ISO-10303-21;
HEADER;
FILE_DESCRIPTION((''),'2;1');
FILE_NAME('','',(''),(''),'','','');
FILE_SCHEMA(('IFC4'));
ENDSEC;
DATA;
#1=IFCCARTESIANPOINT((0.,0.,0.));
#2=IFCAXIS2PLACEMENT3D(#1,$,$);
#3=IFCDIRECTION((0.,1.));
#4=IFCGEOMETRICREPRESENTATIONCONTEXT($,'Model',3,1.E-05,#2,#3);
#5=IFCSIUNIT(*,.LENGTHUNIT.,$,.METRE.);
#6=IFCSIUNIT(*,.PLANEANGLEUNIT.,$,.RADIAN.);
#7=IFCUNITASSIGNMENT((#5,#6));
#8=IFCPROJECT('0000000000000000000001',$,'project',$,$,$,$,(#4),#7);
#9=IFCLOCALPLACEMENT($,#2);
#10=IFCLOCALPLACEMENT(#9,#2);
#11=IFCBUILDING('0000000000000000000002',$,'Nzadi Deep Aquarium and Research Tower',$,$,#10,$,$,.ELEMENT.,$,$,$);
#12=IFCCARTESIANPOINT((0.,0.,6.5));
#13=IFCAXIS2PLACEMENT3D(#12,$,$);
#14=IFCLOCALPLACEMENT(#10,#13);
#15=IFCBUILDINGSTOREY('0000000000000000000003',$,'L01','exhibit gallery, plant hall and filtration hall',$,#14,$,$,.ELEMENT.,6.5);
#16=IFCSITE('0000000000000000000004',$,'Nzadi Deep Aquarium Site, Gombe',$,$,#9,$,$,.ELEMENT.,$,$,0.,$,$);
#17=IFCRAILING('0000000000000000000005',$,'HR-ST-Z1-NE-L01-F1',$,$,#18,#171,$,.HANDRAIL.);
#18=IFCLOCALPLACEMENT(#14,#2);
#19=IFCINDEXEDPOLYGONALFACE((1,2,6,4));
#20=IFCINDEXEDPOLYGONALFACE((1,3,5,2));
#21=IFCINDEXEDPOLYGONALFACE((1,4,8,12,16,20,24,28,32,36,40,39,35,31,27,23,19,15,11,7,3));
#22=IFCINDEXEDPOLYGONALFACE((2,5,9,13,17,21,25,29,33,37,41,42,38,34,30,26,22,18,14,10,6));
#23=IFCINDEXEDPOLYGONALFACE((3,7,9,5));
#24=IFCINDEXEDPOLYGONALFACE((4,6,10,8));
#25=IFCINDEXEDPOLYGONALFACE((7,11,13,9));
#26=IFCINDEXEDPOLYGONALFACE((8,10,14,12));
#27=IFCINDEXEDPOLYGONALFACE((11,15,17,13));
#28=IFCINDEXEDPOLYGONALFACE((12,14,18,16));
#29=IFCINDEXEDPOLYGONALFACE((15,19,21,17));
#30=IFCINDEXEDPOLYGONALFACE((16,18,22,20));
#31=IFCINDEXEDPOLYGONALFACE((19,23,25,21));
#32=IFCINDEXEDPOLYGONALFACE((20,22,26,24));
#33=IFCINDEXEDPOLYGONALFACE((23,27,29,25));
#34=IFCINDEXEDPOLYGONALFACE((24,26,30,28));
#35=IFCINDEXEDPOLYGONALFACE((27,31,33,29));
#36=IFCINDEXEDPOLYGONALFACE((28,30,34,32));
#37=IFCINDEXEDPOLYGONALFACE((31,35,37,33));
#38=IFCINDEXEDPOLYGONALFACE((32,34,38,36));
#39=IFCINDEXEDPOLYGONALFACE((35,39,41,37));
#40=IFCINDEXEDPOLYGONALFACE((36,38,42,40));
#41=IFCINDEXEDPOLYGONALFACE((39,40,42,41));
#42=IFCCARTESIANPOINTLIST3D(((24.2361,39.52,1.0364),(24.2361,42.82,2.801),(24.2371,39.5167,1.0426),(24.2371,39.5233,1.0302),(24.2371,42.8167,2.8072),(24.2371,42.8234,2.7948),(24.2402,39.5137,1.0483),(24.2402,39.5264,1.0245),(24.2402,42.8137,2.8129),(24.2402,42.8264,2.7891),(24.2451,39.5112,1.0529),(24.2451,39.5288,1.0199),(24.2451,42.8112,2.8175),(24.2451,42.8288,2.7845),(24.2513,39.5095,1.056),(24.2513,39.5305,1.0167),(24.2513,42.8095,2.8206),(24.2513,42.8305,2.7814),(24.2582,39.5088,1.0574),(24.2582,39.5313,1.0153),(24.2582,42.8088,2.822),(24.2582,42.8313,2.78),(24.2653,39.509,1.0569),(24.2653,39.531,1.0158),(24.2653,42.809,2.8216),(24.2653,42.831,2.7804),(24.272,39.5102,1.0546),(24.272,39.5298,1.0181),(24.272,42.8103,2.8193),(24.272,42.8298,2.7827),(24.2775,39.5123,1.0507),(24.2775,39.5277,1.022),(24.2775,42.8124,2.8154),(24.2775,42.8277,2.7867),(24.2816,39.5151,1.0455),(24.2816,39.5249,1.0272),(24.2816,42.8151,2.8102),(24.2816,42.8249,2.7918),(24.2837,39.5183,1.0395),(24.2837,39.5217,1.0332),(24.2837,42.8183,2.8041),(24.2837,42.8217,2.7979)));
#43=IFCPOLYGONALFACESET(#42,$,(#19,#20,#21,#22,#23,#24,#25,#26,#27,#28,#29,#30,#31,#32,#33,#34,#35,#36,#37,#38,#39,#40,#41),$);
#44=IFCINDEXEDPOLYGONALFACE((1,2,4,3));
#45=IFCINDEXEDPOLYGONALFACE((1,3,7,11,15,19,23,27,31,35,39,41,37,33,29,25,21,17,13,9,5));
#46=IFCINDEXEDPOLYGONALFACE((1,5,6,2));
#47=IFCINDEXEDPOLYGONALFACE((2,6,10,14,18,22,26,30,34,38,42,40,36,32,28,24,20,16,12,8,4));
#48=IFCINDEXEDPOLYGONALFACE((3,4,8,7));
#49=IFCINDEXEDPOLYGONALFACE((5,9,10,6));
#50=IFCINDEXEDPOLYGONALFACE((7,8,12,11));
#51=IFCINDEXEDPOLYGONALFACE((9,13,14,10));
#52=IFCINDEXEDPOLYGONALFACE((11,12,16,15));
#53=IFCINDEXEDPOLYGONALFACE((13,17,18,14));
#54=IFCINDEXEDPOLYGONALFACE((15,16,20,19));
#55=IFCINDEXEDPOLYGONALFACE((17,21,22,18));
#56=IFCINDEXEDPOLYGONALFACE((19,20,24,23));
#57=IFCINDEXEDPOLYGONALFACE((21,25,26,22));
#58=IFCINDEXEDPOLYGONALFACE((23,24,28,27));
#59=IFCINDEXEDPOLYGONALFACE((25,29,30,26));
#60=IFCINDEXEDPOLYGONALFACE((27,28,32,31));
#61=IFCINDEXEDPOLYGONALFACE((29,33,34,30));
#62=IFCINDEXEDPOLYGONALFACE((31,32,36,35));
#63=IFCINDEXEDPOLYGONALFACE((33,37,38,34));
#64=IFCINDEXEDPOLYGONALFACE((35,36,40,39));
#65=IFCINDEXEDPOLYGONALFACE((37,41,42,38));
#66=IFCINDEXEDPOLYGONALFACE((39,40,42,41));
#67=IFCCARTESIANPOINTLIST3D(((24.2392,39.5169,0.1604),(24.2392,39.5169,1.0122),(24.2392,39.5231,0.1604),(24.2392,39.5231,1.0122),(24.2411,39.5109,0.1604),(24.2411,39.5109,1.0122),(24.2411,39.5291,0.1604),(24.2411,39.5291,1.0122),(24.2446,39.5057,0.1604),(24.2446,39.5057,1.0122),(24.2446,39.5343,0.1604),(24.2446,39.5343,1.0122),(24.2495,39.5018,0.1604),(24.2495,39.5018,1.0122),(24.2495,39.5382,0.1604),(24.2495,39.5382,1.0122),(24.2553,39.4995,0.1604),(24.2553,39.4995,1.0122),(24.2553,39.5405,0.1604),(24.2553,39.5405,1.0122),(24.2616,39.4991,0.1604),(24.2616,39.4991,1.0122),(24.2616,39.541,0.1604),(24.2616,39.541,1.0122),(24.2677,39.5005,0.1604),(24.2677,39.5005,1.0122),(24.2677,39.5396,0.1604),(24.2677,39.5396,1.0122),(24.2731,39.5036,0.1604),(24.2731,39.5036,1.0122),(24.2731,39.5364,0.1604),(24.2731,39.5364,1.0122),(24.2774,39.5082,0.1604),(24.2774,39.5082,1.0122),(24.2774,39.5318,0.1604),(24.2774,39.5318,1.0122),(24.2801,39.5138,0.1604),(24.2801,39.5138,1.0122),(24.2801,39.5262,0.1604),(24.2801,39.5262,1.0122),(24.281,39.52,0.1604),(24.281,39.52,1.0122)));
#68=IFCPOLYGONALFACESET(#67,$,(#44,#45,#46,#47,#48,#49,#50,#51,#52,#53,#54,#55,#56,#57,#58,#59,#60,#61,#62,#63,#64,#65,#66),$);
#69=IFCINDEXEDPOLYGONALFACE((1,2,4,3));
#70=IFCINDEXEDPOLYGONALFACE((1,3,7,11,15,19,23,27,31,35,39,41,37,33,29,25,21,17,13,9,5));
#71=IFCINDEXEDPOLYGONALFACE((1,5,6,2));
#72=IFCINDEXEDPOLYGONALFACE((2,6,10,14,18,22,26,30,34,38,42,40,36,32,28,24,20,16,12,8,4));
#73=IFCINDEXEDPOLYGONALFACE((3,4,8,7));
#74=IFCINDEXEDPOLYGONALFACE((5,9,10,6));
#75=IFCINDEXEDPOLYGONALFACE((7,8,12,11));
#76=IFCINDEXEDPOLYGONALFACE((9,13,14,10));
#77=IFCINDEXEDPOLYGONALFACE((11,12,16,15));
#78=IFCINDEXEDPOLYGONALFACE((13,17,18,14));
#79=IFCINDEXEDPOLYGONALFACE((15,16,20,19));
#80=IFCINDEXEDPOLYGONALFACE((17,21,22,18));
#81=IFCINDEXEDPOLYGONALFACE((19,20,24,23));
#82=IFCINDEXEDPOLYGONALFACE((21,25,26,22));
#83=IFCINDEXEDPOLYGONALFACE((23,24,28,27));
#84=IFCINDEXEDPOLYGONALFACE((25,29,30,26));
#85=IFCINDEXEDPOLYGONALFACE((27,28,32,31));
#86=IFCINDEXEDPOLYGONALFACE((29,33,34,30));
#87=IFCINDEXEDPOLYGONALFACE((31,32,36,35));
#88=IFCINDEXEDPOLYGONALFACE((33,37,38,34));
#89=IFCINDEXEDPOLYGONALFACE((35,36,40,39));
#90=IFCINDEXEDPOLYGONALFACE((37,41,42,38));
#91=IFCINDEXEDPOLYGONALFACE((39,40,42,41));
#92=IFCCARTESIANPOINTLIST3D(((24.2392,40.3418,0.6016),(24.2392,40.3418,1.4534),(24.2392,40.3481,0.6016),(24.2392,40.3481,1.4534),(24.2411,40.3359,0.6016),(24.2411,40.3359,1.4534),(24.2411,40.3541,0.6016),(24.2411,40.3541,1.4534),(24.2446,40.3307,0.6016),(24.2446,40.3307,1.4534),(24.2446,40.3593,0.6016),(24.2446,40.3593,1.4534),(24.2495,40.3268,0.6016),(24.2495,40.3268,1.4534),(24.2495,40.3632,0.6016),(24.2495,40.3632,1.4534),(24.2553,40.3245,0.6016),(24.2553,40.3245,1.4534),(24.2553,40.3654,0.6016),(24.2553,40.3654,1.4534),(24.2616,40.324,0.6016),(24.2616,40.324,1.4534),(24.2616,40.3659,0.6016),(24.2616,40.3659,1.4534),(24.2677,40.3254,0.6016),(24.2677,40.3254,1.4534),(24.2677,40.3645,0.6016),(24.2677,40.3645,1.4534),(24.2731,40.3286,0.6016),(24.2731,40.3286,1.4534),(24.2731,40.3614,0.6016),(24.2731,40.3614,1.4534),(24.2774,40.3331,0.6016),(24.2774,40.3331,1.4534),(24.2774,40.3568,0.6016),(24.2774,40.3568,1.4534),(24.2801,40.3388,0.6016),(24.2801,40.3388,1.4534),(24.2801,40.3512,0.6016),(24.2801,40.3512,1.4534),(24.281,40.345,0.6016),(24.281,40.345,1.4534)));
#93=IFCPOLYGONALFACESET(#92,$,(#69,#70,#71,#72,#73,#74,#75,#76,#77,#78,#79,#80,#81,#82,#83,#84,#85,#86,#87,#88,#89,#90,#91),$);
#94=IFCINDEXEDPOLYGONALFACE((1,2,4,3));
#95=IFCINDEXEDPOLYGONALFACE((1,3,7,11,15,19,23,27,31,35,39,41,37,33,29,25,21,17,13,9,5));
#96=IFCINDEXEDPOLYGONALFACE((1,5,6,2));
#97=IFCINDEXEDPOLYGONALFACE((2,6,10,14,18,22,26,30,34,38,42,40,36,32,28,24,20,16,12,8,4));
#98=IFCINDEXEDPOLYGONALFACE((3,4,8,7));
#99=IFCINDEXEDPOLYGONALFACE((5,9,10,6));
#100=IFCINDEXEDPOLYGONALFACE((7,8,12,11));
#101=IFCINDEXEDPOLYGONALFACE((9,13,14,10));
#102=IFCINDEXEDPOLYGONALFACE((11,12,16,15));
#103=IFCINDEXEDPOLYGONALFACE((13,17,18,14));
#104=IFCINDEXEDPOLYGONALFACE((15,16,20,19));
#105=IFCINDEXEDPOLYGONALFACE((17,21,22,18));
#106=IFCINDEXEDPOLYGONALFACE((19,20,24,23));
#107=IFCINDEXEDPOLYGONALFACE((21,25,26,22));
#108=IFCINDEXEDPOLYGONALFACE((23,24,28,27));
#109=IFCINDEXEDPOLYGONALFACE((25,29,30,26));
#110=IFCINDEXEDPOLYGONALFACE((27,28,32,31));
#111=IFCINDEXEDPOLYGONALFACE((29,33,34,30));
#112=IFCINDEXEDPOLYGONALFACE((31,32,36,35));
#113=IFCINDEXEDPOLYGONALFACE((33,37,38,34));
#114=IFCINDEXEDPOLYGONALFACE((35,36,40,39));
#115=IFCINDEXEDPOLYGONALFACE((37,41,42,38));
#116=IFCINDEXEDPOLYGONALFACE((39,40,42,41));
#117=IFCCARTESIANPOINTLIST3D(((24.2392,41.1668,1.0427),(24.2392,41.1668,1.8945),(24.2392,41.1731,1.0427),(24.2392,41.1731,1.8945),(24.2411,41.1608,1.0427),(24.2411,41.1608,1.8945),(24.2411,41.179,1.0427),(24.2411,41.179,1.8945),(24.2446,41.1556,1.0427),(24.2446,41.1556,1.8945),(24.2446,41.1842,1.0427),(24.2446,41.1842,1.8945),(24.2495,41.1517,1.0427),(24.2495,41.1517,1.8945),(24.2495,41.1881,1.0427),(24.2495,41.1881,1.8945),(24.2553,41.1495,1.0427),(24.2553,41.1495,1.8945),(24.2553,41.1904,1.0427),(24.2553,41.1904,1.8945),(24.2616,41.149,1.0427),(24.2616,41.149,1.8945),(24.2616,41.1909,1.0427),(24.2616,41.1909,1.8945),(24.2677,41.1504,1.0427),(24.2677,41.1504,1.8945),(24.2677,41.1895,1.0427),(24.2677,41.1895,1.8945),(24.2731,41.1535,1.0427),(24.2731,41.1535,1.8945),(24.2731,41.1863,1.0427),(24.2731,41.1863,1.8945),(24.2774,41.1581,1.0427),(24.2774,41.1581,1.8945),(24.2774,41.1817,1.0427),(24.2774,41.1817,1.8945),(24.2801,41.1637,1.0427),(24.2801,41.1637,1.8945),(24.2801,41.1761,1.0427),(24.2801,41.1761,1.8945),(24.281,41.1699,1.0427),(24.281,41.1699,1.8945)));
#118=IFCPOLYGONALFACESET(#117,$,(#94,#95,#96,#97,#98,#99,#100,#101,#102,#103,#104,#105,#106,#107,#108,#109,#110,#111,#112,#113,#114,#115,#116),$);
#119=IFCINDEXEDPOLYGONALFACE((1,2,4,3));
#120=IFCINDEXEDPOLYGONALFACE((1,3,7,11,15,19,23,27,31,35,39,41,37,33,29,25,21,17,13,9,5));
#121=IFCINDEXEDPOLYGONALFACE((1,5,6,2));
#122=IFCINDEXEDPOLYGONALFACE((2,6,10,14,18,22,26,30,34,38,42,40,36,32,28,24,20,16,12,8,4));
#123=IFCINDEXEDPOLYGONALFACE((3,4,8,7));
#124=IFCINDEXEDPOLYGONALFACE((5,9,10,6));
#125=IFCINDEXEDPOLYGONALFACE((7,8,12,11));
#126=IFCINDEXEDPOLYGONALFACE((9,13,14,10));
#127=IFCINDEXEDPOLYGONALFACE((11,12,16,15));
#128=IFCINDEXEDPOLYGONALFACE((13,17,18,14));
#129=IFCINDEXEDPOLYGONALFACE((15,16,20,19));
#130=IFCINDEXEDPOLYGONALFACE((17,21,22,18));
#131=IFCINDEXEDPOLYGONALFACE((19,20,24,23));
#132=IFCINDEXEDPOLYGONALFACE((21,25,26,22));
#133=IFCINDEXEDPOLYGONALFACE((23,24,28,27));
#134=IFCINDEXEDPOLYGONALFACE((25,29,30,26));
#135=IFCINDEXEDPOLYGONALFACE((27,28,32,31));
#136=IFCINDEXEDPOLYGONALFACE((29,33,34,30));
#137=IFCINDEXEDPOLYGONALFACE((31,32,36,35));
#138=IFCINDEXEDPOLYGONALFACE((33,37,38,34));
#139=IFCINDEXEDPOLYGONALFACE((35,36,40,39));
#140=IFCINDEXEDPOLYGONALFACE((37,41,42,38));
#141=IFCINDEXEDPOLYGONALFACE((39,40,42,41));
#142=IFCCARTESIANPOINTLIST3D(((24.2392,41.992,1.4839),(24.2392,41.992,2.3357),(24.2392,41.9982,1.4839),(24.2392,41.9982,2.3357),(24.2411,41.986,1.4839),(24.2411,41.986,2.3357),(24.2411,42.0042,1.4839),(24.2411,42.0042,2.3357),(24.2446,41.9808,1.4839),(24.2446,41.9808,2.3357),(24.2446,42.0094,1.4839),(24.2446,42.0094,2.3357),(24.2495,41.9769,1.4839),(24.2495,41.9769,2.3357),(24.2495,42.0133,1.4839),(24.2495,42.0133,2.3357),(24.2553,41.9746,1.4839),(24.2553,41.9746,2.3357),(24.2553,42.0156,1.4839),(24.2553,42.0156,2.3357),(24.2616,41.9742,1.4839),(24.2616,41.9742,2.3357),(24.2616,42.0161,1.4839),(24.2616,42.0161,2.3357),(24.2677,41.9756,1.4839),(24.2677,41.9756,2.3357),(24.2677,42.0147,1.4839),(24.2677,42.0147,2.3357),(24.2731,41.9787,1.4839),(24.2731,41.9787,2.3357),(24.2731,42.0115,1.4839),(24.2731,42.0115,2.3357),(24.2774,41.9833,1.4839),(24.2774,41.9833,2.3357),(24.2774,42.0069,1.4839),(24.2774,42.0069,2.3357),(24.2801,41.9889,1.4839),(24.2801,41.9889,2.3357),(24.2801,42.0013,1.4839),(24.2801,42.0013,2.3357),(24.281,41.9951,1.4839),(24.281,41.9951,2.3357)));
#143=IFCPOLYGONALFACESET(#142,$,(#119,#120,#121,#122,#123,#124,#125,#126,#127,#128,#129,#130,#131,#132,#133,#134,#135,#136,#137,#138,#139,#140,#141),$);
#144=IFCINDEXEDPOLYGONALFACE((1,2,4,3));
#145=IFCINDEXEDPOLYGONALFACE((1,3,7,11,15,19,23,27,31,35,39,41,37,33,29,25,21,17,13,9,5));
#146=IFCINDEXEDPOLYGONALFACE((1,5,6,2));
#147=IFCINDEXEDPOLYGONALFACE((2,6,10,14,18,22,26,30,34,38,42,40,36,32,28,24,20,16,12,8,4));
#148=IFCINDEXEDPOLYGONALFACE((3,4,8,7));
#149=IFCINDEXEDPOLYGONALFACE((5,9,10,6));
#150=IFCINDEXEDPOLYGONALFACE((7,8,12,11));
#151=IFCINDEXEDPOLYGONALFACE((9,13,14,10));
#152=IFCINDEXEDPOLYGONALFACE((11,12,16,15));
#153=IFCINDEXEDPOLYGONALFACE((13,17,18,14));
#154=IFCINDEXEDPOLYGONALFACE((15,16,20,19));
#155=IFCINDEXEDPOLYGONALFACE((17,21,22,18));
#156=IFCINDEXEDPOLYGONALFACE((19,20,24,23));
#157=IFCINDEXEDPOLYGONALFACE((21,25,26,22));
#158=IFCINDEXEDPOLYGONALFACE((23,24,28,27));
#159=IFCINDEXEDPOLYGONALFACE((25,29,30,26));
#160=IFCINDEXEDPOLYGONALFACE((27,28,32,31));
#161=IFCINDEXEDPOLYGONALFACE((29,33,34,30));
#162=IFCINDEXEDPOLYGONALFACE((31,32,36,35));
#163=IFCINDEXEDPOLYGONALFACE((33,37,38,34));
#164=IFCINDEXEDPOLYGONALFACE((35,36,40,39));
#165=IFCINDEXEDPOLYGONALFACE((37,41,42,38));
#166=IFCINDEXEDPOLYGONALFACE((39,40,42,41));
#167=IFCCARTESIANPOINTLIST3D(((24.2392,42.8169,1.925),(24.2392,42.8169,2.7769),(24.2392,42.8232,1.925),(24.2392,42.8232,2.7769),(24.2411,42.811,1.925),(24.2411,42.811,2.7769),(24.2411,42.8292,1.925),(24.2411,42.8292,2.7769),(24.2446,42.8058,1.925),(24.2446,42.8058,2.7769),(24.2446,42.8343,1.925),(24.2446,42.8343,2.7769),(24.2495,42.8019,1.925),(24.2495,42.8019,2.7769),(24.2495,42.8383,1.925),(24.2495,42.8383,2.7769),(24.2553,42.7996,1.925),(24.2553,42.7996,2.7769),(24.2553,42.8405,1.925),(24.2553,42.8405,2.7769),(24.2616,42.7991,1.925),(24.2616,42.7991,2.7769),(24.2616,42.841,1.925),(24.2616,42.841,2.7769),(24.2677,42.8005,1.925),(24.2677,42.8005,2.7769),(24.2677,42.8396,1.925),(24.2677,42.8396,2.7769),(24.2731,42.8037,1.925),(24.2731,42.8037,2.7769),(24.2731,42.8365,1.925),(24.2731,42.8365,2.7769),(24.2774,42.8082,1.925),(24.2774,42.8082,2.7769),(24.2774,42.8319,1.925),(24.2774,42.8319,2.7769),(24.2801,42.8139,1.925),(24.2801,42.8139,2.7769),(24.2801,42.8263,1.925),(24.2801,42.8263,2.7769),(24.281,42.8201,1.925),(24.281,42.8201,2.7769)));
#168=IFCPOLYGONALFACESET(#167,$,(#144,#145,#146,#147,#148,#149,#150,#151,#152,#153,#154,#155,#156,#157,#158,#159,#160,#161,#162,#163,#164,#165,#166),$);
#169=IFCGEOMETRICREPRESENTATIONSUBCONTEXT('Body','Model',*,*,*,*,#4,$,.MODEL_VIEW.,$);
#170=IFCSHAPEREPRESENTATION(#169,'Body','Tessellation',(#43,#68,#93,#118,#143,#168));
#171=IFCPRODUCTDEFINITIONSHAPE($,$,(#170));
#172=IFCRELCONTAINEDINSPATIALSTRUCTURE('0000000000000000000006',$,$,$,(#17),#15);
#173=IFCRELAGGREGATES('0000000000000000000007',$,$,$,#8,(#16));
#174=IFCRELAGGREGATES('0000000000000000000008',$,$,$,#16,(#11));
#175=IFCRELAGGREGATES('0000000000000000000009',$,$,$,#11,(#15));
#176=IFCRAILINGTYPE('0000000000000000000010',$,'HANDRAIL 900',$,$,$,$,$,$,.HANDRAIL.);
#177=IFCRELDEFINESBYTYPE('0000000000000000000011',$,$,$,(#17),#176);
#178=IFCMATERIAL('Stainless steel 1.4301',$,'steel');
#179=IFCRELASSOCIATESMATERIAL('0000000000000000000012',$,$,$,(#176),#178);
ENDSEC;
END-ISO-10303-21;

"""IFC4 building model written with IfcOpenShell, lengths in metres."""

from ifc_helpers import new_model, si_unit, direction, frame, origin, origin_2d, place, context, subcontext, project, spatial, circle, extrude, material, type_object, element, save


model = new_model("IFC4")

# Units and contexts
model_context = context("Model", 3, precision=1e-05, world=origin(), true_north=direction((0.0, 1.0)))
body_context = subcontext(model_context, "Body", "Model", "MODEL_VIEW")
ifc_project = project(units=[si_unit("LENGTHUNIT", "METRE"), si_unit("PLANEANGLEUNIT", "RADIAN")], contexts=[model_context])

# Site, building, storey
site_placement = place(None, origin())
site = spatial("IfcSite", under=ifc_project, at=site_placement, Name="Nzadi Deep Aquarium Site, Gombe", CompositionType="ELEMENT", RefElevation=0.0)
building_placement = place(site_placement, origin())
building = spatial("IfcBuilding", under=site, at=building_placement, Name="Nzadi Deep Aquarium and Research Tower", CompositionType="ELEMENT")
storey_placement = place(building_placement, frame((0.0, 0.0, 6.5)))
storey = spatial("IfcBuildingStorey", under=building, at=storey_placement, Name="L01", Description="exhibit gallery, plant hall and filtration hall", CompositionType="ELEMENT", Elevation=6.5)

# Railing
ifc_material_1 = material(Name="Stainless steel 1.4301", Category="steel")
railing_type = type_object("IfcRailingType", Name="HANDRAIL 900", PredefinedType="HANDRAIL", material=ifc_material_1)
railing_placement = place(storey_placement, frame((24.26, 39.52, 0.1604)))
element("IfcRailing", 1, at=railing_placement, inside=storey, type_object=railing_type, Name="HR-ST-Z1-NE-L01-F1", PredefinedType="HANDRAIL", context=body_context, shape_type="SweptSolid", body=[
    extrude(circle(Radius=0.0239, at=origin_2d()), frame((0.0, 0.0, 0.876), z_axis=(0.0, 0.88184, 0.47155), x_axis=(-1.0, 0.0, 0.0)), (0.0, 0.0, 1.0), 3.7422),
    extrude(circle(Radius=0.021, at=origin_2d()), origin(), (0.0, 0.0, 1.0), 0.8518),
    extrude(circle(Radius=0.021, at=origin_2d()), frame((0.0, 0.825, 0.4412)), (0.0, 0.0, 1.0), 0.8518),
    extrude(circle(Radius=0.021, at=origin_2d()), frame((0.0, 1.6499, 0.8823)), (0.0, 0.0, 1.0), 0.8518),
    extrude(circle(Radius=0.021, at=origin_2d()), frame((0.0, 2.4751, 1.3235)), (0.0, 0.0, 1.0), 0.8518),
    extrude(circle(Radius=0.021, at=origin_2d()), frame((0.0, 3.3, 1.7646)), (0.0, 0.0, 1.0), 0.8518),
])

save(model, "model.ifc")
